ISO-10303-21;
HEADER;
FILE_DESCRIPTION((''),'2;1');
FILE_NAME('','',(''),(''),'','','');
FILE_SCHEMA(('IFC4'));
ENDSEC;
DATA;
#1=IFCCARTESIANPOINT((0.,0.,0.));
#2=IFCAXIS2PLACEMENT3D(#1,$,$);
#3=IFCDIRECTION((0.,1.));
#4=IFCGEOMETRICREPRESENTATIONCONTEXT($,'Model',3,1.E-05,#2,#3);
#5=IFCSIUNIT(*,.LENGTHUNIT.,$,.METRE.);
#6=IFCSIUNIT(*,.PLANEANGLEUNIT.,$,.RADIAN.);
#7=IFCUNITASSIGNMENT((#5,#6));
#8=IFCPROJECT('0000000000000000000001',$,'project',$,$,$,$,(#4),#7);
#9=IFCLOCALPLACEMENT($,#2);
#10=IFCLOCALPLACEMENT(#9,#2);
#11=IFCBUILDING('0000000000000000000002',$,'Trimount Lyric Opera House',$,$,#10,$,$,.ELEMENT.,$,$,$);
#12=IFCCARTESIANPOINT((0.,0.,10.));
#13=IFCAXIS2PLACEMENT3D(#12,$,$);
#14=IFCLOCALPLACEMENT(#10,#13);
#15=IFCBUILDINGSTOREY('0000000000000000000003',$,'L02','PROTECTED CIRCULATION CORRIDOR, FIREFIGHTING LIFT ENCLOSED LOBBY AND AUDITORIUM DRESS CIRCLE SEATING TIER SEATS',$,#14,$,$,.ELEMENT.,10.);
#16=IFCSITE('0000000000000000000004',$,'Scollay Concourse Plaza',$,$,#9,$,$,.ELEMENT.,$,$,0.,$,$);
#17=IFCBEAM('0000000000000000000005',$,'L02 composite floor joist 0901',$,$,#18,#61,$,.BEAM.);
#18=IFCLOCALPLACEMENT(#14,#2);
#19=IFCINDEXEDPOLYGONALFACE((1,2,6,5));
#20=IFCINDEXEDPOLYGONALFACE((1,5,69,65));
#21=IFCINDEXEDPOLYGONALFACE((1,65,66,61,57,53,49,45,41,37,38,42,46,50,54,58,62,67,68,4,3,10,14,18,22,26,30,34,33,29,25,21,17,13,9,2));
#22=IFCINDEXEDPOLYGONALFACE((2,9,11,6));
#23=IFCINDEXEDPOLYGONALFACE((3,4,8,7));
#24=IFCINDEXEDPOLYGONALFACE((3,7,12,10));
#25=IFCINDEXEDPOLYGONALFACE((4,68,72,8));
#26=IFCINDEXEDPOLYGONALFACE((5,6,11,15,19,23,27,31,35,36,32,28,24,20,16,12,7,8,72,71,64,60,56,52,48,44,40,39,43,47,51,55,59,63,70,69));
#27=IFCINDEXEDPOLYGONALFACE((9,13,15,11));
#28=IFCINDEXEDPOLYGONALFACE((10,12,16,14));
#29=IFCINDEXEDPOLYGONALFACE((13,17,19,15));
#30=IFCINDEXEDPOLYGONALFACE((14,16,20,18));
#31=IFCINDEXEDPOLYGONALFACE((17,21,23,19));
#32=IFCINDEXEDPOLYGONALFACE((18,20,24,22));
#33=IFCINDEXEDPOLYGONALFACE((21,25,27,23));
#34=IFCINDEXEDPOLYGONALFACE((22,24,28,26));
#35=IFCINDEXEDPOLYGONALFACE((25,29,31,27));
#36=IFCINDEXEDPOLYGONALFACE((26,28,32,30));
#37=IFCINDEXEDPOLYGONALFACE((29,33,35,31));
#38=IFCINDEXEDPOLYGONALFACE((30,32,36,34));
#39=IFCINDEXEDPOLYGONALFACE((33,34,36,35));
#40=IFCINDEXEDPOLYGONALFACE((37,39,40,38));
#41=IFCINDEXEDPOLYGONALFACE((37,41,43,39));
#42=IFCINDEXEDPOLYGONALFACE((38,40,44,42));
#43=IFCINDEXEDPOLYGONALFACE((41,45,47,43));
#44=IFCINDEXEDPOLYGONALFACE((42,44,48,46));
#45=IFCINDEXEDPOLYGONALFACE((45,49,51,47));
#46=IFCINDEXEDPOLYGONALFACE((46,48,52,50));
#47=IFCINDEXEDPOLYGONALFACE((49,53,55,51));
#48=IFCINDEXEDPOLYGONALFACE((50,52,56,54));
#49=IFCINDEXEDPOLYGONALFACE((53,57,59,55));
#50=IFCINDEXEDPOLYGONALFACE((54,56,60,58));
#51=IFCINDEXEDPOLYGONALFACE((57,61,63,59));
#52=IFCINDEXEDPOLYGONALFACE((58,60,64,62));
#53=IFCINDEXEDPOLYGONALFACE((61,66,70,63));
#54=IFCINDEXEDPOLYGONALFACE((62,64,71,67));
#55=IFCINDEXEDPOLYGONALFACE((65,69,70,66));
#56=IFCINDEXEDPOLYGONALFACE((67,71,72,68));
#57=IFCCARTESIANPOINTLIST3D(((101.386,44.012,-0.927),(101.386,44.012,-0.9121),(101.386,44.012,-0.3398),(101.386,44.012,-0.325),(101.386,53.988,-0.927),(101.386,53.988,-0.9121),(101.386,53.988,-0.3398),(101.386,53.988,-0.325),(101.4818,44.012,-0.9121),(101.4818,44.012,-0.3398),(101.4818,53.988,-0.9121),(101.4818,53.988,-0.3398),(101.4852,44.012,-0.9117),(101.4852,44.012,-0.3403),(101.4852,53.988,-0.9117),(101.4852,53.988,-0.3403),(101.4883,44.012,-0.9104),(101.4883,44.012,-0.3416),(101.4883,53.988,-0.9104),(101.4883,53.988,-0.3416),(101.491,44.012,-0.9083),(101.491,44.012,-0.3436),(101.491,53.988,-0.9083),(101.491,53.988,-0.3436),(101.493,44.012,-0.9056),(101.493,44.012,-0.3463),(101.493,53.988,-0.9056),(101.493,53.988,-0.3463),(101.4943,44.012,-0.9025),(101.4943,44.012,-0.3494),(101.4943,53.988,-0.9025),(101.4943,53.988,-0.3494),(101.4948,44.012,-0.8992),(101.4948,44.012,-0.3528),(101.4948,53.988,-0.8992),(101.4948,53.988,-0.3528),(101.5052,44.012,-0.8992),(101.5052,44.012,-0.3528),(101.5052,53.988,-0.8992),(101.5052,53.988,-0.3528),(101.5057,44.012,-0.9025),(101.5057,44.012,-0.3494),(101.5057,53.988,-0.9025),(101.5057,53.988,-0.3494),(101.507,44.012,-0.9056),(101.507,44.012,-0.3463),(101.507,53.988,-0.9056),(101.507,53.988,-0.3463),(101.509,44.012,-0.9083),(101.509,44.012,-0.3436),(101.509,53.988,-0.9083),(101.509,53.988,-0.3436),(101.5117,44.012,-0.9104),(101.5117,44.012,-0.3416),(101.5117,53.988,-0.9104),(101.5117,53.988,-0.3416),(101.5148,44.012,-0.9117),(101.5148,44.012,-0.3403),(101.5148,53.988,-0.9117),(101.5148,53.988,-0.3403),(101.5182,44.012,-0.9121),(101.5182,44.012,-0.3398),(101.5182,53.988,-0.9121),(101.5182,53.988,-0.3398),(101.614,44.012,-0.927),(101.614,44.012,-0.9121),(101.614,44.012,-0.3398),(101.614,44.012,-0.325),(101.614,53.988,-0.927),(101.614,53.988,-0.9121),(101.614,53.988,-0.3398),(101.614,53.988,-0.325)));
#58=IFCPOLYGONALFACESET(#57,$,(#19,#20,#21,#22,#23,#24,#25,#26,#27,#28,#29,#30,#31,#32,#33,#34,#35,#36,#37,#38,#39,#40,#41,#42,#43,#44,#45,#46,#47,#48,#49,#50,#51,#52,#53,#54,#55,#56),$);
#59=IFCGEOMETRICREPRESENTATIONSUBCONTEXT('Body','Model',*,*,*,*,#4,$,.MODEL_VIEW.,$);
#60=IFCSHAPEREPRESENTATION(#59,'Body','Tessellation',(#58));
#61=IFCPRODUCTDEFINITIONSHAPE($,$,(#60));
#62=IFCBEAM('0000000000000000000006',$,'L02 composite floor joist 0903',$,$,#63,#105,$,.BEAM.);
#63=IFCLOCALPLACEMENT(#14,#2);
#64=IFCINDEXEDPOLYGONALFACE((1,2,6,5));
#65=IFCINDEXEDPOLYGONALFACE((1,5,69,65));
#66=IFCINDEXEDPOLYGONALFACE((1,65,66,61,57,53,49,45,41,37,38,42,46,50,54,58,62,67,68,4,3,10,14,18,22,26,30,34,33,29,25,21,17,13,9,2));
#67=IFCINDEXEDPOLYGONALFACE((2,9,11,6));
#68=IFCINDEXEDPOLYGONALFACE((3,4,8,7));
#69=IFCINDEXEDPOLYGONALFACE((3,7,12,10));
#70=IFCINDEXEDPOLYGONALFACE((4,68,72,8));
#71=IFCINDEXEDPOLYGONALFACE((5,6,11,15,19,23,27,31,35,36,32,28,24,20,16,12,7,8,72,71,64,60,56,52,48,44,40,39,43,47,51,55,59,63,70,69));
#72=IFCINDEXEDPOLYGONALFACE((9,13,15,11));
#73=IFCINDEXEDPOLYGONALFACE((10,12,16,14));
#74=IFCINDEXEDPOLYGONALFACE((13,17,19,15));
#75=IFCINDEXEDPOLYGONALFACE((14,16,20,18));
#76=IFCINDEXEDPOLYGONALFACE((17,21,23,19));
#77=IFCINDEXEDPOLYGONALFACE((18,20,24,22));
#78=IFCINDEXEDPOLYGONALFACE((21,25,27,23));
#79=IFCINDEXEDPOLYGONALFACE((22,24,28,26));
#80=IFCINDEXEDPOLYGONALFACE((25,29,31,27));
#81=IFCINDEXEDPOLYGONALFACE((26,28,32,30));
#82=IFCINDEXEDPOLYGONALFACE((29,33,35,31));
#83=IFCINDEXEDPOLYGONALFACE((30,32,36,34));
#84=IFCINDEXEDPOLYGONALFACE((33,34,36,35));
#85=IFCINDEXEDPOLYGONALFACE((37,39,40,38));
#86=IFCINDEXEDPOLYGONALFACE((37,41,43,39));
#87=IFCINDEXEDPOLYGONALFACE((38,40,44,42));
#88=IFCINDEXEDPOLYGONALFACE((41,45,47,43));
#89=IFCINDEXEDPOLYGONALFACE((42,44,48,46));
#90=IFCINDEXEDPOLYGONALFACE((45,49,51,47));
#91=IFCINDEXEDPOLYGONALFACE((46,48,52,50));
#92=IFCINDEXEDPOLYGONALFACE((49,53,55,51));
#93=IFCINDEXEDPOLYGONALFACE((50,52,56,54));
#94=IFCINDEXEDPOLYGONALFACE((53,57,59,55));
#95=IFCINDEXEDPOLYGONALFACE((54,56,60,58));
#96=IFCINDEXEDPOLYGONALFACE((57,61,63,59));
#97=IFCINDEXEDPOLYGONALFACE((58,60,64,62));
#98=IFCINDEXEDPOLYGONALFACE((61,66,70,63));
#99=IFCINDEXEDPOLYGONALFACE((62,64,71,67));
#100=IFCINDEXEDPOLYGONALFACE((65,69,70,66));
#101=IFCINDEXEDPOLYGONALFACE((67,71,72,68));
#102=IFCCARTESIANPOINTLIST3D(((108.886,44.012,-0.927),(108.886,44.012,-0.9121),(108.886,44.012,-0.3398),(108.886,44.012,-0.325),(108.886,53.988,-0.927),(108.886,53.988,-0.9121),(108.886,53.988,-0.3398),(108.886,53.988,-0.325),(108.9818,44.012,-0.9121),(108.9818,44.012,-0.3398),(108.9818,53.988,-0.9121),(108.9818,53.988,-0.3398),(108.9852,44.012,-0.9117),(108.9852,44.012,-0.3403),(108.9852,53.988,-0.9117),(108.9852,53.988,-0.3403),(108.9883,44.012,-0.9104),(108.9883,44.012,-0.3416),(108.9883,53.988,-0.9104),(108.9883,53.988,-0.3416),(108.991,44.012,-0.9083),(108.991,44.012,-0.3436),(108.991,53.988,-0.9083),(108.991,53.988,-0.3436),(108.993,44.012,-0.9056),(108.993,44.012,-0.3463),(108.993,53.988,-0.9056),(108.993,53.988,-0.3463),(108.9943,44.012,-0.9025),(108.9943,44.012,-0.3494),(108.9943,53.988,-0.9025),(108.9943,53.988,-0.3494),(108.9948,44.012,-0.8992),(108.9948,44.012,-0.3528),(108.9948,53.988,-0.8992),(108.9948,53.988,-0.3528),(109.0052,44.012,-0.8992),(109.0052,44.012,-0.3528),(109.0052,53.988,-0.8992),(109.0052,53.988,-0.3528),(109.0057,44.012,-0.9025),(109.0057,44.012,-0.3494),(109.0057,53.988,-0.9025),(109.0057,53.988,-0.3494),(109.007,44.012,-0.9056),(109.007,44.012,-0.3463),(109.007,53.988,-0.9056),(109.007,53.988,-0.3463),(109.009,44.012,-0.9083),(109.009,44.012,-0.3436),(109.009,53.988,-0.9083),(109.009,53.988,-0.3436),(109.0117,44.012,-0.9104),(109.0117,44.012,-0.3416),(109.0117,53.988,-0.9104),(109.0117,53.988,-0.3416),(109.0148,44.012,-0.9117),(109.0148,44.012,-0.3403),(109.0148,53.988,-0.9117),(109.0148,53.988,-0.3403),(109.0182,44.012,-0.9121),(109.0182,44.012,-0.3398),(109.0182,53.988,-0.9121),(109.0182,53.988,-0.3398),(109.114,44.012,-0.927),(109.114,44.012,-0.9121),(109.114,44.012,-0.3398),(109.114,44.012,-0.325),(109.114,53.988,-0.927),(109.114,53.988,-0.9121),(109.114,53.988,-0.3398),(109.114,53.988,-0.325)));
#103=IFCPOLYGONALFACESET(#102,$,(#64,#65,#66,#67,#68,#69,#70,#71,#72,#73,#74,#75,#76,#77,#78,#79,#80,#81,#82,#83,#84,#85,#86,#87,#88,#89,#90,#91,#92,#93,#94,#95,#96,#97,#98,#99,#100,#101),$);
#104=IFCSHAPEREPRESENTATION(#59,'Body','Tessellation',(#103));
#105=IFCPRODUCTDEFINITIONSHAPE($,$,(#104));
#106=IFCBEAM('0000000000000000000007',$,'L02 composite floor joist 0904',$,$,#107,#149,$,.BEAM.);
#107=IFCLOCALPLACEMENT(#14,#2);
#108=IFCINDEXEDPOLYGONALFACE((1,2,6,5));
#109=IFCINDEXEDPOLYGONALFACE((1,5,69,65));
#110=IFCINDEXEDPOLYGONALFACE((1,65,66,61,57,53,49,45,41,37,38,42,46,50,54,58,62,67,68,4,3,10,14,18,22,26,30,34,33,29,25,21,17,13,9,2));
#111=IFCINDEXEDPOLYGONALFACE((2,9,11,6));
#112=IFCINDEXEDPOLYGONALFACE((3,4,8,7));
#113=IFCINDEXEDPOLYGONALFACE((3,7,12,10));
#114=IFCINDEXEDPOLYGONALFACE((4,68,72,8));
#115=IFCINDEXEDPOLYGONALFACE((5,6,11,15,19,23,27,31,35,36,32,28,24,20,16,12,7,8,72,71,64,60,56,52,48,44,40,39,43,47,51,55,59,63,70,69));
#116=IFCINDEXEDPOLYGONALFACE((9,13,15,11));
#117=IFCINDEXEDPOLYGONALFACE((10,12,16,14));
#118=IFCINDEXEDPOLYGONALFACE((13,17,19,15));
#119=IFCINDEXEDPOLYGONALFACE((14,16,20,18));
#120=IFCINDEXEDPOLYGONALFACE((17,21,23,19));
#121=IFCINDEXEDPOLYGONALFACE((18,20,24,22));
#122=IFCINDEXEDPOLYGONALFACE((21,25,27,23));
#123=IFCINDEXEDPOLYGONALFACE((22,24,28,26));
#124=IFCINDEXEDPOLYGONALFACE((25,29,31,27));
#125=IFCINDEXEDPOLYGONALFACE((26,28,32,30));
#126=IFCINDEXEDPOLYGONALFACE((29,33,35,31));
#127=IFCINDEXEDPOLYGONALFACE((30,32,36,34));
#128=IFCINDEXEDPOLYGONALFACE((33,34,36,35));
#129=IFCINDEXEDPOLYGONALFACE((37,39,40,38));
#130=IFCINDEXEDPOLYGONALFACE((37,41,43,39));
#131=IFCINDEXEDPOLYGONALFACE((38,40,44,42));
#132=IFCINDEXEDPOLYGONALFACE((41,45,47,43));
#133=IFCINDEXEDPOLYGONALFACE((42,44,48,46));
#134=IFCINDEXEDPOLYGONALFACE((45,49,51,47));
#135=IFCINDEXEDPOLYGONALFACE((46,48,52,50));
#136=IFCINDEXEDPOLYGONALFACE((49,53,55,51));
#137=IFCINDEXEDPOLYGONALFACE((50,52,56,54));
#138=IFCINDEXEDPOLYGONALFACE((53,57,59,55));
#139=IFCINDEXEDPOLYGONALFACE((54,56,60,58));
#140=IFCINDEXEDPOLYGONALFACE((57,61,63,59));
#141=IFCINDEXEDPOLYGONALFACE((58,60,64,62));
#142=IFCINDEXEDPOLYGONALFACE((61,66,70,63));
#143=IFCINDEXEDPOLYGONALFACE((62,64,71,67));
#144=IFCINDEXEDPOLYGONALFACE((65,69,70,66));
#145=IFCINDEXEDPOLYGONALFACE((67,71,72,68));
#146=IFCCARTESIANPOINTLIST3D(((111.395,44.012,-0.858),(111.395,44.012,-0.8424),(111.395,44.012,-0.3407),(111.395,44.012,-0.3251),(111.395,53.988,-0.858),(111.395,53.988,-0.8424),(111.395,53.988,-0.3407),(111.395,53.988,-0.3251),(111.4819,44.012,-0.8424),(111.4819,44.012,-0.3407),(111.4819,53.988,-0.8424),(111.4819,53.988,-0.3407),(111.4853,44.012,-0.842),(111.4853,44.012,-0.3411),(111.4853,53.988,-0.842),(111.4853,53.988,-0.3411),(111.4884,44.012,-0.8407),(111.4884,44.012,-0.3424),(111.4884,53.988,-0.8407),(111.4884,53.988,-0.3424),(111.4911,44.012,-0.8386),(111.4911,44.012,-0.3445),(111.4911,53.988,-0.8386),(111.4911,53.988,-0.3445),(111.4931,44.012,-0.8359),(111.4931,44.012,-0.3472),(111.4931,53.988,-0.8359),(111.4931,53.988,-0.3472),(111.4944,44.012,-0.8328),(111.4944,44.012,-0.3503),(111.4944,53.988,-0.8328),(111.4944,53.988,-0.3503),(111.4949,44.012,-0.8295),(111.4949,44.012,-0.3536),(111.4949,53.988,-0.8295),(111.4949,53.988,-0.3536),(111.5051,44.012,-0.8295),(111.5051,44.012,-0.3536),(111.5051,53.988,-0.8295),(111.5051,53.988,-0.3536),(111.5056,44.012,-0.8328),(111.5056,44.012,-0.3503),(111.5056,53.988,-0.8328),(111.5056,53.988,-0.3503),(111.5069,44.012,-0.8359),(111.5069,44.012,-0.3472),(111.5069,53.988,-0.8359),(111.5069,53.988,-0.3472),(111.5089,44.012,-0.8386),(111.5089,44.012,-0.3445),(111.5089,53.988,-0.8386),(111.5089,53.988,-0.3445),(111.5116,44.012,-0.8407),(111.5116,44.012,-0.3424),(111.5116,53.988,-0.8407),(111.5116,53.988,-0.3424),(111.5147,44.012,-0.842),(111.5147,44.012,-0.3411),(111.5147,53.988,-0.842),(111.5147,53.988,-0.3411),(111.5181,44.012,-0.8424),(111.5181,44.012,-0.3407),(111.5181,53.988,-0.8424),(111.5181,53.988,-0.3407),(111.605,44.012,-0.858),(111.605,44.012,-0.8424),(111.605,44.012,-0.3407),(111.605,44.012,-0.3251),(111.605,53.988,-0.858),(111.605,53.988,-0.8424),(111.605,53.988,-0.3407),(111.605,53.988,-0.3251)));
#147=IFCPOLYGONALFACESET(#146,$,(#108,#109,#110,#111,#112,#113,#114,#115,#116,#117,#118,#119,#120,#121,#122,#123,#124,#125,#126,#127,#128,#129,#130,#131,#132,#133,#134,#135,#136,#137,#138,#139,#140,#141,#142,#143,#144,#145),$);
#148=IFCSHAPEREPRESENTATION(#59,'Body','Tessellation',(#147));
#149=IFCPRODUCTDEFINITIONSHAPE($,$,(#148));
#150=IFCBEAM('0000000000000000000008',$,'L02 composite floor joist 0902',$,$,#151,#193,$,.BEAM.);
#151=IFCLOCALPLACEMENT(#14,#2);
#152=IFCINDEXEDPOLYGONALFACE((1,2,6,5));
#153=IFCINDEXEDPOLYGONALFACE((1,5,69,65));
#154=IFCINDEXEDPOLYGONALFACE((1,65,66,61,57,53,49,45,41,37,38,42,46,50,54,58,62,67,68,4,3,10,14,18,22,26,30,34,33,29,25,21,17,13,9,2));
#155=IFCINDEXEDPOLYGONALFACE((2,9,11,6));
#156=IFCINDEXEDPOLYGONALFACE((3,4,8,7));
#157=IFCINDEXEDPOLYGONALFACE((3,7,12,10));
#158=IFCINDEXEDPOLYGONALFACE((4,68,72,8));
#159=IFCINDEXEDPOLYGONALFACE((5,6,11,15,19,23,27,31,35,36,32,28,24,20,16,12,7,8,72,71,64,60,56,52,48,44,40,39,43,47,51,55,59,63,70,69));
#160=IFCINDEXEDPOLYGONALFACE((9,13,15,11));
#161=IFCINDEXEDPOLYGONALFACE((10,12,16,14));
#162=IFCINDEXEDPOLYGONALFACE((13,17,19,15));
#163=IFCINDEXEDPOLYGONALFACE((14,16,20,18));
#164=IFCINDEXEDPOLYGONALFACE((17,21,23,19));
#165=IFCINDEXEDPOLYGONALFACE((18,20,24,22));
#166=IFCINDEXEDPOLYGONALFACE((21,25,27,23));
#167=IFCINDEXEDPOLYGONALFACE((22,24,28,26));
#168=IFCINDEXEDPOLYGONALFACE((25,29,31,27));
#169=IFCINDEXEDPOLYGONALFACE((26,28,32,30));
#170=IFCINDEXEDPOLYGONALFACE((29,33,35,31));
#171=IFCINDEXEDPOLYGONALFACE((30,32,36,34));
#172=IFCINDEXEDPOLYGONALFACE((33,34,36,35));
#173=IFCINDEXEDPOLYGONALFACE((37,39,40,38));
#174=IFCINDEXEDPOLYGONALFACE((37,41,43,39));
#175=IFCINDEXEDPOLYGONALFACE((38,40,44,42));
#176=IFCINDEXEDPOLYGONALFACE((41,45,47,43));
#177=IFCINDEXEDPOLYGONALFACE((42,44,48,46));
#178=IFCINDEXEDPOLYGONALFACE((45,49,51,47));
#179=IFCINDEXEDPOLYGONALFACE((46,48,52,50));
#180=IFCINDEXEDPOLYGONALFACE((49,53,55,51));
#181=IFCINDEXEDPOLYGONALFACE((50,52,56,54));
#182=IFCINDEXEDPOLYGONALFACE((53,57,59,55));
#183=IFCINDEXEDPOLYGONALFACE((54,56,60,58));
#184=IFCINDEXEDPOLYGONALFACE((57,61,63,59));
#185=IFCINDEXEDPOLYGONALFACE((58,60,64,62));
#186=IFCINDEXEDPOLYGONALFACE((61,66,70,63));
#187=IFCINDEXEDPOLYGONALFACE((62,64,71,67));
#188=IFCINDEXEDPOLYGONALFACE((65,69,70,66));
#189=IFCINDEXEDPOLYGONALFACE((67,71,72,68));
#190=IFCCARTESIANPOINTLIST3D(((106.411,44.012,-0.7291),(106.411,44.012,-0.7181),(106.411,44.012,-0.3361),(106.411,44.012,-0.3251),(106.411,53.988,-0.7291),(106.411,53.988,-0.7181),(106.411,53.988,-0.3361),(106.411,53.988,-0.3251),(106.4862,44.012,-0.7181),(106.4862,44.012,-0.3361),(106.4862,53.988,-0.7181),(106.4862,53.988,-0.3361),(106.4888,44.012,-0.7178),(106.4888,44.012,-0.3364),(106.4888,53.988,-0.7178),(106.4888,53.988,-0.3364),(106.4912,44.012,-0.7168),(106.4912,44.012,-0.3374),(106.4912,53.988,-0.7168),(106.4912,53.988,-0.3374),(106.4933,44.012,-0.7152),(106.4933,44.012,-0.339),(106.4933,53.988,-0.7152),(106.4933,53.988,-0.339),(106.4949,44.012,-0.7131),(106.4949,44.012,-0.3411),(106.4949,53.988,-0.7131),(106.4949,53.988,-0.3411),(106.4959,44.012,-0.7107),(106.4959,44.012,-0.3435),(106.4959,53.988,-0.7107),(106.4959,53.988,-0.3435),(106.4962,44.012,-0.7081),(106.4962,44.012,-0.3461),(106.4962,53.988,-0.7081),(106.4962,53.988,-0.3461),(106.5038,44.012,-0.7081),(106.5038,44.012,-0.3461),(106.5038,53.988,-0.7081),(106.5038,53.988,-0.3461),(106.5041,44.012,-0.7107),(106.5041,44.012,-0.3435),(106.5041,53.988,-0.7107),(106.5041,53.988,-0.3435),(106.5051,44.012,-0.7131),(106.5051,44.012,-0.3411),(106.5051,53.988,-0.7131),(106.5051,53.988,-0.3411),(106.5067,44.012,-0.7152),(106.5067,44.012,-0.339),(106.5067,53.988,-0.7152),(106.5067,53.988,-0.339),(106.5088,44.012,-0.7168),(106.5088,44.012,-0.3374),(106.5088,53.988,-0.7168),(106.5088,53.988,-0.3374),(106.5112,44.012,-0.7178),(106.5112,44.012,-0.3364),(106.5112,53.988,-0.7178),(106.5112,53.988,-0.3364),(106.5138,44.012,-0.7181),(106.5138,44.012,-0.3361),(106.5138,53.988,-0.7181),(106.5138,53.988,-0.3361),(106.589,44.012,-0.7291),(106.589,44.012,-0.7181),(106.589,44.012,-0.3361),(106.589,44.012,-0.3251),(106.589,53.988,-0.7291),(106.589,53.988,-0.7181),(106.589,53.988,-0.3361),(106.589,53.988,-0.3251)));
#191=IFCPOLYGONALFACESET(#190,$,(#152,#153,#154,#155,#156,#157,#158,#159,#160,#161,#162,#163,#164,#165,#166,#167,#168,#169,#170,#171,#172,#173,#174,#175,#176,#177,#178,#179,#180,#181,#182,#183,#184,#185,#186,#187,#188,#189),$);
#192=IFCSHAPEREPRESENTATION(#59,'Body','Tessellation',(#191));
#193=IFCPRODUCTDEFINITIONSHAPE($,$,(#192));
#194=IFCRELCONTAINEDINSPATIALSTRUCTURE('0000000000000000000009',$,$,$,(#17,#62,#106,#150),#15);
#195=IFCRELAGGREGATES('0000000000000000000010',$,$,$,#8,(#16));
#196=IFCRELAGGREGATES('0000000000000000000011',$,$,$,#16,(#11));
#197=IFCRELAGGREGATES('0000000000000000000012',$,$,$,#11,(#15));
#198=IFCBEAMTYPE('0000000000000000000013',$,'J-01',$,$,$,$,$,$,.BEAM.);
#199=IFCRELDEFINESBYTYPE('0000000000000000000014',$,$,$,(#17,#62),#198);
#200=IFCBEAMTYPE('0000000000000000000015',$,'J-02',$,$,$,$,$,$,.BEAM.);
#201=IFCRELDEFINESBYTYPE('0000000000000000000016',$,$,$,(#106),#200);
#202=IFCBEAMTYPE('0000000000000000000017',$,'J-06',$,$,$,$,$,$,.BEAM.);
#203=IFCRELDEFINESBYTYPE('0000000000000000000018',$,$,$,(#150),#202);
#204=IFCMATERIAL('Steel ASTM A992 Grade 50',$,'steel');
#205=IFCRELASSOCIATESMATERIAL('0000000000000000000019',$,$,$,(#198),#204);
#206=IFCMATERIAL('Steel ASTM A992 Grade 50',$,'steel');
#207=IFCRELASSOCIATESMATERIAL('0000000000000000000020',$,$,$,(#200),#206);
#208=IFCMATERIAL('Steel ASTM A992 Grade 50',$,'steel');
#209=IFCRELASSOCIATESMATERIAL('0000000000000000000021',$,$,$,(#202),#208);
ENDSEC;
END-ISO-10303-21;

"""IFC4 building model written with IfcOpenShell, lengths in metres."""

from ifc_helpers import new_model, si_unit, direction, frame, origin, origin_2d, place, context, subcontext, project, spatial, i_section, extrude, material, material_profile, profile_set, type_object, element, save


model = new_model("IFC4")

# Units and contexts
model_context = context("Model", 3, precision=1e-05, world=origin(), true_north=direction((0.0, 1.0)))
body_context = subcontext(model_context, "Body", "Model", "MODEL_VIEW")
ifc_project = project(units=[si_unit("LENGTHUNIT", "METRE"), si_unit("PLANEANGLEUNIT", "RADIAN")], contexts=[model_context])

# Site, building, storey
site_placement = place(None, origin())
site = spatial("IfcSite", under=ifc_project, at=site_placement, Name="Scollay Concourse Plaza", CompositionType="ELEMENT", RefElevation=0.0)
building_placement = place(site_placement, origin())
building = spatial("IfcBuilding", under=site, at=building_placement, Name="Trimount Lyric Opera House", CompositionType="ELEMENT")
storey_placement = place(building_placement, frame((0.0, 0.0, 10.0)))
storey = spatial("IfcBuildingStorey", under=building, at=storey_placement, Name="L02", Description="PROTECTED CIRCULATION CORRIDOR, FIREFIGHTING LIFT ENCLOSED LOBBY AND AUDITORIUM DRESS CIRCLE SEATING TIER SEATS", CompositionType="ELEMENT", Elevation=10.0)

# Beams
ifc_material_1 = material(Name="Steel ASTM A992 Grade 50", Category="steel")
ifc_material_profile_1 = material_profile(ifc_material_1, i_section(OverallWidth=0.228, OverallDepth=0.6021, WebThickness=0.0105, FlangeThickness=0.0149, FilletRadius=0.0129, at=origin_2d()), Name="W24X68")
ifc_profile_set_1 = profile_set([ifc_material_profile_1], Name="Steel ASTM A992 Grade 50")
beam_type_1 = type_object("IfcBeamType", Name="J-01", PredefinedType="BEAM", material=ifc_profile_set_1)
for number, where, z_axis, x_axis, name in (
    (1, (101.5, 44.012, -0.626), (0.0, 1.0, 0.0), (-1.0, 0.0, 0.0), "L02 composite floor joist 0901"),
    (2, (109.0, 44.012, -0.626), (0.0, 1.0, 0.0), (-1.0, 0.0, 0.0), "L02 composite floor joist 0903"),
):
    element("IfcBeam", number, at=place(storey_placement, frame(where, z_axis=z_axis, x_axis=x_axis)), inside=storey, type_object=beam_type_1, Name=name, PredefinedType="BEAM", context=body_context, shape_type="SweptSolid", body=[
        extrude(i_section(OverallWidth=0.228, OverallDepth=0.6021, WebThickness=0.0105, FlangeThickness=0.0149, FilletRadius=0.0129, at=origin_2d()), origin(), (0.0, 0.0, 1.0), 9.9761),
    ])
ifc_material_2 = material(Name="Steel ASTM A992 Grade 50", Category="steel")
ifc_material_profile_2 = material_profile(ifc_material_2, i_section(OverallWidth=0.21, OverallDepth=0.533, WebThickness=0.0103, FlangeThickness=0.0156, FilletRadius=0.0129, at=origin_2d()), Name="W21X62")
ifc_profile_set_2 = profile_set([ifc_material_profile_2], Name="Steel ASTM A992 Grade 50")
beam_type_2 = type_object("IfcBeamType", Name="J-02", PredefinedType="BEAM", material=ifc_profile_set_2)
beam_1_placement = place(storey_placement, frame((111.5, 44.012, -0.5916), z_axis=(0.0, 1.0, 0.0), x_axis=(-1.0, 0.0, 0.0)))
element("IfcBeam", 3, at=beam_1_placement, inside=storey, type_object=beam_type_2, Name="L02 composite floor joist 0904", PredefinedType="BEAM", context=body_context, shape_type="SweptSolid", body=[
    extrude(i_section(OverallWidth=0.21, OverallDepth=0.533, WebThickness=0.0103, FlangeThickness=0.0156, FilletRadius=0.0129, at=origin_2d()), origin(), (0.0, 0.0, 1.0), 9.9761),
])
ifc_material_3 = material(Name="Steel ASTM A992 Grade 50", Category="steel")
ifc_material_profile_3 = material_profile(ifc_material_3, i_section(OverallWidth=0.178, OverallDepth=0.4041, WebThickness=0.0076, FlangeThickness=0.011, FilletRadius=0.01, at=origin_2d()), Name="W16X36")
ifc_profile_set_3 = profile_set([ifc_material_profile_3], Name="Steel ASTM A992 Grade 50")
beam_type_3 = type_object("IfcBeamType", Name="J-06", PredefinedType="BEAM", material=ifc_profile_set_3)
beam_2_placement = place(storey_placement, frame((106.5, 44.012, -0.5271), z_axis=(0.0, 1.0, 0.0), x_axis=(-1.0, 0.0, 0.0)))
element("IfcBeam", 4, at=beam_2_placement, inside=storey, type_object=beam_type_3, Name="L02 composite floor joist 0902", PredefinedType="BEAM", context=body_context, shape_type="SweptSolid", body=[
    extrude(i_section(OverallWidth=0.178, OverallDepth=0.4041, WebThickness=0.0076, FlangeThickness=0.011, FilletRadius=0.01, at=origin_2d()), origin(), (0.0, 0.0, 1.0), 9.9761),
])

save(model, "model.ifc")
